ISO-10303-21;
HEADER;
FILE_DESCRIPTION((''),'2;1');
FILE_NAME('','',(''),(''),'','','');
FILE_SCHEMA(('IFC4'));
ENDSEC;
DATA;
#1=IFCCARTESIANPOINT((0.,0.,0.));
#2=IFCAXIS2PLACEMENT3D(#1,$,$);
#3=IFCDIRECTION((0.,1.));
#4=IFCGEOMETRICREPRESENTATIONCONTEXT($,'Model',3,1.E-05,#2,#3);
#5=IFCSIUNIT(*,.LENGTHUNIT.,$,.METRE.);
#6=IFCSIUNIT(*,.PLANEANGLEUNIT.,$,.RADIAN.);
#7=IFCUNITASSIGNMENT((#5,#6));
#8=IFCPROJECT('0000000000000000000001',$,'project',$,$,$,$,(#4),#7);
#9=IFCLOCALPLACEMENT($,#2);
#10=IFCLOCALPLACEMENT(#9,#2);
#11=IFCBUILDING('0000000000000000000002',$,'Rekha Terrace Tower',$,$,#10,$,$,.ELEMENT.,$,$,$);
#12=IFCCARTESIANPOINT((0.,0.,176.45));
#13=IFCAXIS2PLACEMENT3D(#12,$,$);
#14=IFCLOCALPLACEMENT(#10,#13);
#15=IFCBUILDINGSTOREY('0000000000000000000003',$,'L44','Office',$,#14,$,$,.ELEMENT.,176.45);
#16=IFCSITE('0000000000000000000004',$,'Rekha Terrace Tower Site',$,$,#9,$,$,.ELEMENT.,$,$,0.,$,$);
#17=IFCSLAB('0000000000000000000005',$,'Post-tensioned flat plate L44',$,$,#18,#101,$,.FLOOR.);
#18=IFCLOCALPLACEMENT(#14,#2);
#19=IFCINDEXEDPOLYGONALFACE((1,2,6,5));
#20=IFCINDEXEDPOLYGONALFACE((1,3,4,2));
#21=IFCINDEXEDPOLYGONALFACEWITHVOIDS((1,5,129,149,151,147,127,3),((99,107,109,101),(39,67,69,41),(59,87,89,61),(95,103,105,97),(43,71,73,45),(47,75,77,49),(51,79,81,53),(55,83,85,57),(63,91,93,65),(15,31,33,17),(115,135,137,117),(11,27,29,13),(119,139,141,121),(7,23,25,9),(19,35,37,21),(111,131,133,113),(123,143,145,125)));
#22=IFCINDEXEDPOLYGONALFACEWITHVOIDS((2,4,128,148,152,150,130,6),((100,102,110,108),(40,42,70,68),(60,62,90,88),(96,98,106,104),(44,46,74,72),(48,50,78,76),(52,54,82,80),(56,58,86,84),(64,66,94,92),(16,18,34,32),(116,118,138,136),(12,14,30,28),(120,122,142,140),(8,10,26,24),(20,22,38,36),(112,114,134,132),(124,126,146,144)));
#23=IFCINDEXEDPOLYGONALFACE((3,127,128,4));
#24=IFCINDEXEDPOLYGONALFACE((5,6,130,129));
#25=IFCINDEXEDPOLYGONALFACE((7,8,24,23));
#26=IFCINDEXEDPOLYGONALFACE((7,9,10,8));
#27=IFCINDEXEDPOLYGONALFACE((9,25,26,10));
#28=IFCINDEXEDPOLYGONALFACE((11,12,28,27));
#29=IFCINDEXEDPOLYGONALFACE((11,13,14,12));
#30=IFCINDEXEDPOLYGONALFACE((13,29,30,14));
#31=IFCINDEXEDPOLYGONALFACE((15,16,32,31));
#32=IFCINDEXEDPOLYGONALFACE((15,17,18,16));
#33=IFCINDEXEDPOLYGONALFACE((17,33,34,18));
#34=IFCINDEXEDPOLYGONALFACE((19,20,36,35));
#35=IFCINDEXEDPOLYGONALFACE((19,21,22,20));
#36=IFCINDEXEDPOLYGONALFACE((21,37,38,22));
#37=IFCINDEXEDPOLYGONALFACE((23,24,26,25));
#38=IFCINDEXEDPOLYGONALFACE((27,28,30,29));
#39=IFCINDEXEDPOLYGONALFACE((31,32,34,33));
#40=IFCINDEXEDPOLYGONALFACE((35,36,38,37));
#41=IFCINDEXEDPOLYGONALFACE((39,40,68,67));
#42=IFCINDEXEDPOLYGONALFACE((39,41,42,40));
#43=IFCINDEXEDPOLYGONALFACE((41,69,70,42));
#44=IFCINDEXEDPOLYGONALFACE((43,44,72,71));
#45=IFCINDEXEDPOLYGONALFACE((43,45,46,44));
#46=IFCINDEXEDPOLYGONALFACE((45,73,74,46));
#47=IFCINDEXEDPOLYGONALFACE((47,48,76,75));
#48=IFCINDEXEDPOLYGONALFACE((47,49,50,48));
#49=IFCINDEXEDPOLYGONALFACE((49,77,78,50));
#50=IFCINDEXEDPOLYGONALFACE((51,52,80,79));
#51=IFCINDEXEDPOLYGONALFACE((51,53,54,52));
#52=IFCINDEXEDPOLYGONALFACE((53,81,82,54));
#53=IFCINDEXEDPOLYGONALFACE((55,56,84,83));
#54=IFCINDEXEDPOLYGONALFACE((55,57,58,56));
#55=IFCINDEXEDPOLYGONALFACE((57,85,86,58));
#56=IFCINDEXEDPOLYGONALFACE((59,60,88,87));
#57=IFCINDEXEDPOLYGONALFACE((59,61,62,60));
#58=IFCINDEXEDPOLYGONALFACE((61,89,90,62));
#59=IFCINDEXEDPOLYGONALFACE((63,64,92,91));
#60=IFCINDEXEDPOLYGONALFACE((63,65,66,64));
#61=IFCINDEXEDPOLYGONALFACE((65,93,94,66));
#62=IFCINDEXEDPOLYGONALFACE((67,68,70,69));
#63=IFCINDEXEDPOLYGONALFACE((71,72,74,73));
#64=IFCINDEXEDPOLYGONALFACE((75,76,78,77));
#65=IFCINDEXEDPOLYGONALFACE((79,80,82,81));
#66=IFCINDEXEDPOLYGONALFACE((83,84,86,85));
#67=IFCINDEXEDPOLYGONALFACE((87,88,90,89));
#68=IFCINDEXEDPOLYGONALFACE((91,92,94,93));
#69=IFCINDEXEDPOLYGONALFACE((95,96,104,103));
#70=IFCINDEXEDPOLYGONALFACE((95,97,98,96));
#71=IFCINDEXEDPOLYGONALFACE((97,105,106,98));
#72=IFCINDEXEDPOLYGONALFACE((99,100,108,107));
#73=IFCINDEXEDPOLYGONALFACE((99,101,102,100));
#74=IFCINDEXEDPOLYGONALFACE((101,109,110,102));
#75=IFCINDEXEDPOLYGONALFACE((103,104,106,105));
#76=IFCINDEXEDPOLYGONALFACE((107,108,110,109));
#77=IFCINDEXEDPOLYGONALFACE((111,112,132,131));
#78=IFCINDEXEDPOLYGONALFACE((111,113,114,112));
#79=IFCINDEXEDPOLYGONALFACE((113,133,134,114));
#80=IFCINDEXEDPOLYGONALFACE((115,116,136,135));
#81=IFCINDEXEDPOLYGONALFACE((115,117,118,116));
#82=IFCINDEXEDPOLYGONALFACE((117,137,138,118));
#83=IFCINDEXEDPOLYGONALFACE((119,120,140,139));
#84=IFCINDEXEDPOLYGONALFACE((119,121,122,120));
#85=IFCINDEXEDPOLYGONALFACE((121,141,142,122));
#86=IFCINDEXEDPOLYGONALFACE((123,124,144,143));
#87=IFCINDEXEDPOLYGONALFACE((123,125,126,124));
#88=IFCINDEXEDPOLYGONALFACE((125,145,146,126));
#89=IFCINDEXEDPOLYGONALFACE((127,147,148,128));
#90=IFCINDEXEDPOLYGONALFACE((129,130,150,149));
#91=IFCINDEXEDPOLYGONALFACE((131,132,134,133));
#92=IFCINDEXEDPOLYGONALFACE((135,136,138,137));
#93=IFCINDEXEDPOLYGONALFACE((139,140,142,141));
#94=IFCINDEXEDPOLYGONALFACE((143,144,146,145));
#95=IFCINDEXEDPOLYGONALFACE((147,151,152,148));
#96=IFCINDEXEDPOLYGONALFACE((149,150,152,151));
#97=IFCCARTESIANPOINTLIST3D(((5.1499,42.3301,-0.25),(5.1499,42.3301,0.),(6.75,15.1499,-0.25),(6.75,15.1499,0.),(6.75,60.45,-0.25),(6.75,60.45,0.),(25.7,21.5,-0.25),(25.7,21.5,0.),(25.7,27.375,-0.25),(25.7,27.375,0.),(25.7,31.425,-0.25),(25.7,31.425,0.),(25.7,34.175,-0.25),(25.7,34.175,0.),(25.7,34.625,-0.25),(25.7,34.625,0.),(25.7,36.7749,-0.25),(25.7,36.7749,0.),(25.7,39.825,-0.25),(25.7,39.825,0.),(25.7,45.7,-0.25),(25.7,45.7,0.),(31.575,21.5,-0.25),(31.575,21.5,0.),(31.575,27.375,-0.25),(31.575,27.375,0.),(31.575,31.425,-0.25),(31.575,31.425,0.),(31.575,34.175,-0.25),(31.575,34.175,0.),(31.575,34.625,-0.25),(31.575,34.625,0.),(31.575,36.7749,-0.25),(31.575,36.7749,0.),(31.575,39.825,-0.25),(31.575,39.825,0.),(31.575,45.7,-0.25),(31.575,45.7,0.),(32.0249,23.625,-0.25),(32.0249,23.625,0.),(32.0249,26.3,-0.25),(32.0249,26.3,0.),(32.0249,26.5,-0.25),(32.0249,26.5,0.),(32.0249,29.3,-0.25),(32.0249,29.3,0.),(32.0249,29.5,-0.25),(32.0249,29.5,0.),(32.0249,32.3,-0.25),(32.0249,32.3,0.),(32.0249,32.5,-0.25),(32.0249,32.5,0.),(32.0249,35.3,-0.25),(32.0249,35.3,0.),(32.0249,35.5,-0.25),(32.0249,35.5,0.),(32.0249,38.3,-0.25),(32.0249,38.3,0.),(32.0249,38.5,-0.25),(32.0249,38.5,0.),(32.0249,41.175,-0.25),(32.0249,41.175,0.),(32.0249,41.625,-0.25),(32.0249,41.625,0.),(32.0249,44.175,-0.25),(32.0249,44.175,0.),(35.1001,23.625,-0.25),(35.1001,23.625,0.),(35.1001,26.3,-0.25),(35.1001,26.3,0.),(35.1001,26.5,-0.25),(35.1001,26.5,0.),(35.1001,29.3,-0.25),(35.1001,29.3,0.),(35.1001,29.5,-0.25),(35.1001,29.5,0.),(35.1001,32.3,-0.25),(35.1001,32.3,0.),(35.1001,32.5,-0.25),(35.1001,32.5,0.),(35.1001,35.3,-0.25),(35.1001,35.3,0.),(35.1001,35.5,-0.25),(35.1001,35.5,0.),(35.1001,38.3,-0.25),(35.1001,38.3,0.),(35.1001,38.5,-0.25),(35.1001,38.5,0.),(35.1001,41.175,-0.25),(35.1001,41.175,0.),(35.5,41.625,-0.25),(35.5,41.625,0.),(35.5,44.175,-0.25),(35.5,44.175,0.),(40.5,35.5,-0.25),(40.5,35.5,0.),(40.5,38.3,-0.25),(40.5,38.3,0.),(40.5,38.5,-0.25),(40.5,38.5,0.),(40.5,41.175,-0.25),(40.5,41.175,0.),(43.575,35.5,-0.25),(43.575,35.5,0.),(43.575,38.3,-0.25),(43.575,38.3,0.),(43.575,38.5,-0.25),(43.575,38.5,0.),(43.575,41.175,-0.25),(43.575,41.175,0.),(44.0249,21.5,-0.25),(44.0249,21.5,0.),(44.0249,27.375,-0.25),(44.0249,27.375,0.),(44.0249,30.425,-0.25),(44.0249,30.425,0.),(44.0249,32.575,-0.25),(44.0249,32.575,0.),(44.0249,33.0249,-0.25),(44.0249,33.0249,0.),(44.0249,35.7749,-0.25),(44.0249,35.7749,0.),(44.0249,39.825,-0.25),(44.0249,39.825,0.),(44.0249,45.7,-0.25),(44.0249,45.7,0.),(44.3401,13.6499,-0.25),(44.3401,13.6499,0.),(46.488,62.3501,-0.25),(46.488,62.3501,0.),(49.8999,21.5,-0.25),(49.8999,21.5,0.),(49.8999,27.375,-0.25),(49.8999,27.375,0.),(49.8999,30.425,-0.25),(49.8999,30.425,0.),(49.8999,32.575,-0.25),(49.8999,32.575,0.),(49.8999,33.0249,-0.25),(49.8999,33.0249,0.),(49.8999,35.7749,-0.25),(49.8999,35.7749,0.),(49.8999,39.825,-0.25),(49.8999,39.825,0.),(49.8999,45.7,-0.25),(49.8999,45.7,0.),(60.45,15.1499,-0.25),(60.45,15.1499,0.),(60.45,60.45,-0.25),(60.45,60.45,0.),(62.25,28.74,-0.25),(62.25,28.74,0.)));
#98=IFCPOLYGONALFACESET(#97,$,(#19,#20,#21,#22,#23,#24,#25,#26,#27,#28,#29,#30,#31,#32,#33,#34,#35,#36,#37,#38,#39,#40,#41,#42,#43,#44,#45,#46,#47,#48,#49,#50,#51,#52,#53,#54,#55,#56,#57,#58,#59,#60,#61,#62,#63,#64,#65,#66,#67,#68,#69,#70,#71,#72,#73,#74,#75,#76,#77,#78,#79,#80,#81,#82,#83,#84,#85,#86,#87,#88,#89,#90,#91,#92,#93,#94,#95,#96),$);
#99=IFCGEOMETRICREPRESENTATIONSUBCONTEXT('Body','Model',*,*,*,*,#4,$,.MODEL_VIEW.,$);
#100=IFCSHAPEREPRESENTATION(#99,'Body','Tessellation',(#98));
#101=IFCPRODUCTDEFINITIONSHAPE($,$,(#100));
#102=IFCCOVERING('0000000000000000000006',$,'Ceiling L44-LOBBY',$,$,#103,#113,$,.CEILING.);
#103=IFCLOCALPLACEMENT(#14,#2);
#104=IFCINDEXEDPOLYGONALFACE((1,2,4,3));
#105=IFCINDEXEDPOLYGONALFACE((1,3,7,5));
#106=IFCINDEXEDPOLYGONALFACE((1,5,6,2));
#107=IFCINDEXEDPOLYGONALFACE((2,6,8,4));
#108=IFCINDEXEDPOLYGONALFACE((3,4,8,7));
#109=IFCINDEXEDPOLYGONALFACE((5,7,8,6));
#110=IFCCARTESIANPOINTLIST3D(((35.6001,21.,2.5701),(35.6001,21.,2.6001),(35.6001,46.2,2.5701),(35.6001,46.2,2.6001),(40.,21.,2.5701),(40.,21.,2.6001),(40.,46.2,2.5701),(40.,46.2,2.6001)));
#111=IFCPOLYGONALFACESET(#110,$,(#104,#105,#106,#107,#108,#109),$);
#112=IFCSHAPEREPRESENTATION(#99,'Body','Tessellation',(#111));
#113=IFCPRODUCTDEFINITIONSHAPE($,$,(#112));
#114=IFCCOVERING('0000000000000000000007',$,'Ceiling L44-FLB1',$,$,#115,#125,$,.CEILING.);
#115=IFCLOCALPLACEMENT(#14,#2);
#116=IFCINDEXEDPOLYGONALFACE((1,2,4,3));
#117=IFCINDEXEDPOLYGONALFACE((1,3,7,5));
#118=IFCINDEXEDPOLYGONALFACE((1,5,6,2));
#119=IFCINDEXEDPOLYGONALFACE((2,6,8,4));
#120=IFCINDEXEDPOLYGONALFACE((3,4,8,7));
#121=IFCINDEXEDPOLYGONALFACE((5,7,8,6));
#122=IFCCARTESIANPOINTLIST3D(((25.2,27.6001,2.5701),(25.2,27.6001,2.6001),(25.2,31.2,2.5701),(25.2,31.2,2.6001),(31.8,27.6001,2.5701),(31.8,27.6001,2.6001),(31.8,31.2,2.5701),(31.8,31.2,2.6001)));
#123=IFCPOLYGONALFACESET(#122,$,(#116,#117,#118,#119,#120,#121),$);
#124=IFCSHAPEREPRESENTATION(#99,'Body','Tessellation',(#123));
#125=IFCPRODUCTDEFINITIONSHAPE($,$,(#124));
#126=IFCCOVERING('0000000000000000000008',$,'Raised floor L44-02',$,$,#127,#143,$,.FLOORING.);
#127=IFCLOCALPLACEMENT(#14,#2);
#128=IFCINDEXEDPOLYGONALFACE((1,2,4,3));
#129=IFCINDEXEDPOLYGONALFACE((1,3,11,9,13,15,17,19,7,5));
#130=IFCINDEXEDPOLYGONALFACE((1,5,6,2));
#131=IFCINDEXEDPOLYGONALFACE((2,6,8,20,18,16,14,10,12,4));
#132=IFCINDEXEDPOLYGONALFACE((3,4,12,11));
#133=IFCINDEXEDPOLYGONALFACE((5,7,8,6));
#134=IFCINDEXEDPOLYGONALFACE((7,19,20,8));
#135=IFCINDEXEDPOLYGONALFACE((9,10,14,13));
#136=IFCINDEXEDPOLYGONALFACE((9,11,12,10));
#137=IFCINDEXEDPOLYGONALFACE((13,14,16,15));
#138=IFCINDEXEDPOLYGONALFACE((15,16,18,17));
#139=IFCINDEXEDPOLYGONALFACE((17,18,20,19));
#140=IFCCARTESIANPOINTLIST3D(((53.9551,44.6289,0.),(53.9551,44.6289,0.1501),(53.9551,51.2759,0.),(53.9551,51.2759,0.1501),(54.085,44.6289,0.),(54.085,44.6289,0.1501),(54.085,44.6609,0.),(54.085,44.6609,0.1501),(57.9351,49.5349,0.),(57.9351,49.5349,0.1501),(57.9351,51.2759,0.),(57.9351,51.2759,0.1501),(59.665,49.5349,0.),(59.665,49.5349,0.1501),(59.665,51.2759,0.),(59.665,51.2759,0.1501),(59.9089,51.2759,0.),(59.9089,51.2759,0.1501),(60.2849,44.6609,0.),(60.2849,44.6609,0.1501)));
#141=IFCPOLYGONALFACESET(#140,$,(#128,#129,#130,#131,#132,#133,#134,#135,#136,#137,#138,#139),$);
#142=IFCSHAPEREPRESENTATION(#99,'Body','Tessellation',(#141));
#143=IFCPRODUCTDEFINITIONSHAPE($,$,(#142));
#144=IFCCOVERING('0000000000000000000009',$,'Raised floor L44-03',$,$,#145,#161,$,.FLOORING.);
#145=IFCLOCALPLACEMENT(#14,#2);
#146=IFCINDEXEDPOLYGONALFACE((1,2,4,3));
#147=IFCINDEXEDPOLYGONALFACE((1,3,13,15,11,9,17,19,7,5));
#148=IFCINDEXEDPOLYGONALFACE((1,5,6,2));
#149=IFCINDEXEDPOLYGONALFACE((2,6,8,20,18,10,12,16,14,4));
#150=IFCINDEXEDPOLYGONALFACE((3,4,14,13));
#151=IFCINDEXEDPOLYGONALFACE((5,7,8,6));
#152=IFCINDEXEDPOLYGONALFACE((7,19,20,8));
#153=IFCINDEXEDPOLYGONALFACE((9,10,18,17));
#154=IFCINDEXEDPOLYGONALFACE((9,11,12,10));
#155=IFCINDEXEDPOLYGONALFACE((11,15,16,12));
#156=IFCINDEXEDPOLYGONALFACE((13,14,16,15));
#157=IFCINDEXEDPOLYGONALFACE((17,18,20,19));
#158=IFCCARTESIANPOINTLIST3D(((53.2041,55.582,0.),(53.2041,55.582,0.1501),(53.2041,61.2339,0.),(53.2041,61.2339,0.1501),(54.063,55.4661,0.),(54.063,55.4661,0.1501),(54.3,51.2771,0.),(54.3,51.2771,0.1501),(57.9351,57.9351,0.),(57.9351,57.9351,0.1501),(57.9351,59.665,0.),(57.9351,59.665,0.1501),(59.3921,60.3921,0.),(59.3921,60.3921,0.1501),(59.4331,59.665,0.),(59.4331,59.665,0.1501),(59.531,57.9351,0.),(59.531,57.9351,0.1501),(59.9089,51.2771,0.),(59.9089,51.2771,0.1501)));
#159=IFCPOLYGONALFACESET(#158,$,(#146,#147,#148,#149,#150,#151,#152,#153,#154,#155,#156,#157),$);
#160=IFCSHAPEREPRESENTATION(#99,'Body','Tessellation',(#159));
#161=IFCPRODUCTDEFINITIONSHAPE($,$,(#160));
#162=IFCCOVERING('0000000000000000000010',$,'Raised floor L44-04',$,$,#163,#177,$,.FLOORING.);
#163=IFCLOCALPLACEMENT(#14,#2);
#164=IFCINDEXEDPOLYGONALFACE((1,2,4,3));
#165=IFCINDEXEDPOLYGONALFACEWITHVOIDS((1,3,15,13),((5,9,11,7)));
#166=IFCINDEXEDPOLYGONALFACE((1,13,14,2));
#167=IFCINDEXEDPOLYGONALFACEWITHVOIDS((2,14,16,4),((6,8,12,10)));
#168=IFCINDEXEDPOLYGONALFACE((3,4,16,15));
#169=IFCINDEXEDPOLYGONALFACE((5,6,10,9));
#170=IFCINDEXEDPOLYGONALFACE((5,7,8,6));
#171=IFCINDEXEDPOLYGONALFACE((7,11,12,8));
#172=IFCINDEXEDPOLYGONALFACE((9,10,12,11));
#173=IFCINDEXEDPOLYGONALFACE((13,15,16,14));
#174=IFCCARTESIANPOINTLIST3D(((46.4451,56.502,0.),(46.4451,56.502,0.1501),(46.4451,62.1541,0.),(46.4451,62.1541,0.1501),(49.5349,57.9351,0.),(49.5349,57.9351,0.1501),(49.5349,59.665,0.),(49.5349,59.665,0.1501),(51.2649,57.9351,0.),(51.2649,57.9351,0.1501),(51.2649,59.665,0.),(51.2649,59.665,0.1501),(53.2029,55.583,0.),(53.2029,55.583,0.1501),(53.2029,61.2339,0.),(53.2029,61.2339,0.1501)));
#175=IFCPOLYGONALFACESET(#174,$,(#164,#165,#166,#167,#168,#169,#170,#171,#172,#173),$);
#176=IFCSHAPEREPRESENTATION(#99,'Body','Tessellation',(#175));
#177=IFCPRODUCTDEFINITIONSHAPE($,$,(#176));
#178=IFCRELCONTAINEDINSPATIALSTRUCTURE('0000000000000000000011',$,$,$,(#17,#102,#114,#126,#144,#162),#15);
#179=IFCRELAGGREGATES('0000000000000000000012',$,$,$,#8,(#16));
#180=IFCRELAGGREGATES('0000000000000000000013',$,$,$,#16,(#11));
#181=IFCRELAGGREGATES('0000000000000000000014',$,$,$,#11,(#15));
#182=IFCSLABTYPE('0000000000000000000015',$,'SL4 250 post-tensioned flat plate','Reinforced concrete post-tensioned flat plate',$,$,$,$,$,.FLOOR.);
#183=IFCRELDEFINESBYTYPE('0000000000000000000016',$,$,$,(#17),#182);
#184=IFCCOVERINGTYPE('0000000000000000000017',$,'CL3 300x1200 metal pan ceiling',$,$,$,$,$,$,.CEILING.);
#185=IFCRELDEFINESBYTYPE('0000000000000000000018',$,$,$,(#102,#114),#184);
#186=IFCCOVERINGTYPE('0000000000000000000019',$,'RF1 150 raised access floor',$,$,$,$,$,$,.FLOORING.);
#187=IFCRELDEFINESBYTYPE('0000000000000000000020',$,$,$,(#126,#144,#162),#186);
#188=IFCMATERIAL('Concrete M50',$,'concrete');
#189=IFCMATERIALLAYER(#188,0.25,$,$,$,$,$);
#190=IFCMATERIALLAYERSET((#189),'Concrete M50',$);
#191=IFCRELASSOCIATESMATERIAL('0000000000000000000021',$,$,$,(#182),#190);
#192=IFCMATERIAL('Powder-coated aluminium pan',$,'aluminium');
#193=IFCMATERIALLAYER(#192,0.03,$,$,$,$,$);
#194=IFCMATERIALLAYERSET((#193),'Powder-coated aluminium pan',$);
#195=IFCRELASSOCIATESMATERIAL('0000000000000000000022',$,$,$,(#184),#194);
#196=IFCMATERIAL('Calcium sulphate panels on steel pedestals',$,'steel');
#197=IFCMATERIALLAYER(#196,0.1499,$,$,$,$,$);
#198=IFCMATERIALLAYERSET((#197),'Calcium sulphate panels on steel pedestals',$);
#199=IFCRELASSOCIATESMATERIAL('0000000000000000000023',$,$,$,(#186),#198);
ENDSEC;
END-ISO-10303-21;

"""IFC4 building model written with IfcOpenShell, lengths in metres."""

from ifc_helpers import new_model, si_unit, direction, frame, origin, place, context, subcontext, project, spatial, polyline, outline, extrude, material, layer, layer_set, type_object, element, save


model = new_model("IFC4")

# Units and contexts
model_context = context("Model", 3, precision=1e-05, world=origin(), true_north=direction((0.0, 1.0)))
body_context = subcontext(model_context, "Body", "Model", "MODEL_VIEW")
ifc_project = project(units=[si_unit("LENGTHUNIT", "METRE"), si_unit("PLANEANGLEUNIT", "RADIAN")], contexts=[model_context])

# Site, building, storey
site_placement = place(None, origin())
site = spatial("IfcSite", under=ifc_project, at=site_placement, Name="Rekha Terrace Tower Site", CompositionType="ELEMENT", RefElevation=0.0)
building_placement = place(site_placement, origin())
building = spatial("IfcBuilding", under=site, at=building_placement, Name="Rekha Terrace Tower", CompositionType="ELEMENT")
storey_placement = place(building_placement, frame((0.0, 0.0, 176.45)))
storey = spatial("IfcBuildingStorey", under=building, at=storey_placement, Name="L44", Description="Office", CompositionType="ELEMENT", Elevation=176.45)

# Slab
ifc_material_1 = material(Name="Concrete M50", Category="concrete")
ifc_layer_1 = layer(ifc_material_1, 0.25)
ifc_layer_set_1 = layer_set([ifc_layer_1], Name="Concrete M50")
slab_type_1 = type_object("IfcSlabType", Name="SL4 250 post-tensioned flat plate", Description="Reinforced concrete post-tensioned flat plate", PredefinedType="FLOOR", material=ifc_layer_set_1)
slab_1_placement = place(storey_placement, frame((0.0, 0.0, -0.25)))
element("IfcSlab", 1, at=slab_1_placement, inside=storey, type_object=slab_type_1, Name="Post-tensioned flat plate L44", PredefinedType="FLOOR", context=body_context, shape_type="SweptSolid", body=[
    extrude(outline(polyline([(5.1499, 42.3301), (6.75, 15.1499), (44.3401, 13.6499), (60.45, 15.1499), (62.25, 28.74), (60.45, 60.45), (46.488, 62.3501), (6.75, 60.45), (5.1499, 42.3301)]), holes=[polyline([(31.575, 27.375), (31.575, 21.5), (25.7, 21.5), (25.7, 27.375), (31.575, 27.375)]), polyline([(35.1001, 26.3), (35.1001, 23.625), (32.0249, 23.625), (32.0249, 26.3), (35.1001, 26.3)]), polyline([(35.1001, 29.3), (35.1001, 26.5), (32.0249, 26.5), (32.0249, 29.3), (35.1001, 29.3)]), polyline([(35.1001, 32.3), (35.1001, 29.5), (32.0249, 29.5), (32.0249, 32.3), (35.1001, 32.3)]), polyline([(31.575, 34.175), (31.575, 31.425), (25.7, 31.425), (25.7, 34.175), (31.575, 34.175)]), polyline([(35.1001, 35.3), (35.1001, 32.5), (32.0249, 32.5), (32.0249, 35.3), (35.1001, 35.3)]), polyline([(31.575, 36.7749), (31.575, 34.625), (25.7, 34.625), (25.7, 36.7749), (31.575, 36.7749)]), polyline([(35.1001, 38.3), (35.1001, 35.5), (32.0249, 35.5), (32.0249, 38.3), (35.1001, 38.3)]), polyline([(31.575, 45.7), (31.575, 39.825), (25.7, 39.825), (25.7, 45.7), (31.575, 45.7)]), polyline([(49.8999, 27.375), (49.8999, 21.5), (44.0249, 21.5), (44.0249, 27.375), (49.8999, 27.375)]), polyline([(49.8999, 32.575), (49.8999, 30.425), (44.0249, 30.425), (44.0249, 32.575), (49.8999, 32.575)]), polyline([(49.8999, 35.7749), (49.8999, 33.0249), (44.0249, 33.0249), (44.0249, 35.7749), (49.8999, 35.7749)]), polyline([(43.575, 38.3), (43.575, 35.5), (40.5, 35.5), (40.5, 38.3), (43.575, 38.3)]), polyline([(35.1001, 41.175), (35.1001, 38.5), (32.0249, 38.5), (32.0249, 41.175), (35.1001, 41.175)]), polyline([(43.575, 41.175), (43.575, 38.5), (40.5, 38.5), (40.5, 41.175), (43.575, 41.175)]), polyline([(49.8999, 39.825), (44.0249, 39.825), (44.0249, 45.7), (49.8999, 45.7), (49.8999, 39.825)]), polyline([(35.5, 41.625), (32.0249, 41.625), (32.0249, 44.175), (35.5, 44.175), (35.5, 41.625)])]), origin(), (0.0, 0.0, 1.0), 0.25),
])

# Coverings
ifc_material_2 = material(Name="Powder-coated aluminium pan", Category="aluminium")
ifc_layer_2 = layer(ifc_material_2, 0.03)
ifc_layer_set_2 = layer_set([ifc_layer_2], Name="Powder-coated aluminium pan")
covering_type_1 = type_object("IfcCoveringType", Name="CL3 300x1200 metal pan ceiling", PredefinedType="CEILING", material=ifc_layer_set_2)
covering_1_placement = place(storey_placement, frame((0.0, 0.0, 2.5701)))
element("IfcCovering", 2, at=covering_1_placement, inside=storey, type_object=covering_type_1, Name="Ceiling L44-LOBBY", PredefinedType="CEILING", context=body_context, shape_type="SweptSolid", body=[
    extrude(outline(polyline([(40.0, 46.2), (35.6001, 46.2), (35.6001, 21.0), (40.0, 21.0), (40.0, 46.2)])), origin(), (0.0, 0.0, 1.0), 0.03),
])
covering_2_placement = place(storey_placement, frame((0.0, 0.0, 2.5701)))
element("IfcCovering", 3, at=covering_2_placement, inside=storey, type_object=covering_type_1, Name="Ceiling L44-FLB1", PredefinedType="CEILING", context=body_context, shape_type="SweptSolid", body=[
    extrude(outline(polyline([(31.8, 31.2), (25.2, 31.2), (25.2, 27.6001), (31.8, 27.6001), (31.8, 31.2)])), origin(), (0.0, 0.0, 1.0), 0.03),
])
ifc_material_3 = material(Name="Calcium sulphate panels on steel pedestals", Category="steel")
ifc_layer_3 = layer(ifc_material_3, 0.1499)
ifc_layer_set_3 = layer_set([ifc_layer_3], Name="Calcium sulphate panels on steel pedestals")
covering_type_2 = type_object("IfcCoveringType", Name="RF1 150 raised access floor", PredefinedType="FLOORING", material=ifc_layer_set_3)
covering_3_placement = place(storey_placement, origin())
element("IfcCovering", 4, at=covering_3_placement, inside=storey, type_object=covering_type_2, Name="Raised floor L44-02", PredefinedType="FLOORING", context=body_context, shape_type="SweptSolid", body=[
    extrude(outline(polyline([(54.085, 44.6289), (54.085, 44.6609), (60.2849, 44.6609), (59.9089, 51.2759), (59.665, 51.2759), (59.665, 49.5349), (57.9351, 49.5349), (57.9351, 51.2759), (53.9551, 51.2759), (53.9551, 44.6289), (54.085, 44.6289)])), origin(), (0.0, 0.0, 1.0), 0.1501),
])
covering_4_placement = place(storey_placement, origin())
element("IfcCovering", 5, at=covering_4_placement, inside=storey, type_object=covering_type_2, Name="Raised floor L44-03", PredefinedType="FLOORING", context=body_context, shape_type="SweptSolid", body=[
    extrude(outline(polyline([(59.3921, 60.3921), (53.2041, 61.2339), (53.2041, 55.582), (54.063, 55.4661), (54.3, 51.2771), (59.9089, 51.2771), (59.531, 57.9351), (57.9351, 57.9351), (57.9351, 59.665), (59.4331, 59.665), (59.3921, 60.3921)])), origin(), (0.0, 0.0, 1.0), 0.1501),
])
covering_5_placement = place(storey_placement, origin())
element("IfcCovering", 6, at=covering_5_placement, inside=storey, type_object=covering_type_2, Name="Raised floor L44-04", PredefinedType="FLOORING", context=body_context, shape_type="SweptSolid", body=[
    extrude(outline(polyline([(53.2029, 55.583), (53.2029, 61.2339), (46.4451, 62.1541), (46.4451, 56.502), (53.2029, 55.583)]), holes=[polyline([(51.2649, 57.9351), (49.5349, 57.9351), (49.5349, 59.665), (51.2649, 59.665), (51.2649, 57.9351)])]), origin(), (0.0, 0.0, 1.0), 0.1501),
])

save(model, "model.ifc")
